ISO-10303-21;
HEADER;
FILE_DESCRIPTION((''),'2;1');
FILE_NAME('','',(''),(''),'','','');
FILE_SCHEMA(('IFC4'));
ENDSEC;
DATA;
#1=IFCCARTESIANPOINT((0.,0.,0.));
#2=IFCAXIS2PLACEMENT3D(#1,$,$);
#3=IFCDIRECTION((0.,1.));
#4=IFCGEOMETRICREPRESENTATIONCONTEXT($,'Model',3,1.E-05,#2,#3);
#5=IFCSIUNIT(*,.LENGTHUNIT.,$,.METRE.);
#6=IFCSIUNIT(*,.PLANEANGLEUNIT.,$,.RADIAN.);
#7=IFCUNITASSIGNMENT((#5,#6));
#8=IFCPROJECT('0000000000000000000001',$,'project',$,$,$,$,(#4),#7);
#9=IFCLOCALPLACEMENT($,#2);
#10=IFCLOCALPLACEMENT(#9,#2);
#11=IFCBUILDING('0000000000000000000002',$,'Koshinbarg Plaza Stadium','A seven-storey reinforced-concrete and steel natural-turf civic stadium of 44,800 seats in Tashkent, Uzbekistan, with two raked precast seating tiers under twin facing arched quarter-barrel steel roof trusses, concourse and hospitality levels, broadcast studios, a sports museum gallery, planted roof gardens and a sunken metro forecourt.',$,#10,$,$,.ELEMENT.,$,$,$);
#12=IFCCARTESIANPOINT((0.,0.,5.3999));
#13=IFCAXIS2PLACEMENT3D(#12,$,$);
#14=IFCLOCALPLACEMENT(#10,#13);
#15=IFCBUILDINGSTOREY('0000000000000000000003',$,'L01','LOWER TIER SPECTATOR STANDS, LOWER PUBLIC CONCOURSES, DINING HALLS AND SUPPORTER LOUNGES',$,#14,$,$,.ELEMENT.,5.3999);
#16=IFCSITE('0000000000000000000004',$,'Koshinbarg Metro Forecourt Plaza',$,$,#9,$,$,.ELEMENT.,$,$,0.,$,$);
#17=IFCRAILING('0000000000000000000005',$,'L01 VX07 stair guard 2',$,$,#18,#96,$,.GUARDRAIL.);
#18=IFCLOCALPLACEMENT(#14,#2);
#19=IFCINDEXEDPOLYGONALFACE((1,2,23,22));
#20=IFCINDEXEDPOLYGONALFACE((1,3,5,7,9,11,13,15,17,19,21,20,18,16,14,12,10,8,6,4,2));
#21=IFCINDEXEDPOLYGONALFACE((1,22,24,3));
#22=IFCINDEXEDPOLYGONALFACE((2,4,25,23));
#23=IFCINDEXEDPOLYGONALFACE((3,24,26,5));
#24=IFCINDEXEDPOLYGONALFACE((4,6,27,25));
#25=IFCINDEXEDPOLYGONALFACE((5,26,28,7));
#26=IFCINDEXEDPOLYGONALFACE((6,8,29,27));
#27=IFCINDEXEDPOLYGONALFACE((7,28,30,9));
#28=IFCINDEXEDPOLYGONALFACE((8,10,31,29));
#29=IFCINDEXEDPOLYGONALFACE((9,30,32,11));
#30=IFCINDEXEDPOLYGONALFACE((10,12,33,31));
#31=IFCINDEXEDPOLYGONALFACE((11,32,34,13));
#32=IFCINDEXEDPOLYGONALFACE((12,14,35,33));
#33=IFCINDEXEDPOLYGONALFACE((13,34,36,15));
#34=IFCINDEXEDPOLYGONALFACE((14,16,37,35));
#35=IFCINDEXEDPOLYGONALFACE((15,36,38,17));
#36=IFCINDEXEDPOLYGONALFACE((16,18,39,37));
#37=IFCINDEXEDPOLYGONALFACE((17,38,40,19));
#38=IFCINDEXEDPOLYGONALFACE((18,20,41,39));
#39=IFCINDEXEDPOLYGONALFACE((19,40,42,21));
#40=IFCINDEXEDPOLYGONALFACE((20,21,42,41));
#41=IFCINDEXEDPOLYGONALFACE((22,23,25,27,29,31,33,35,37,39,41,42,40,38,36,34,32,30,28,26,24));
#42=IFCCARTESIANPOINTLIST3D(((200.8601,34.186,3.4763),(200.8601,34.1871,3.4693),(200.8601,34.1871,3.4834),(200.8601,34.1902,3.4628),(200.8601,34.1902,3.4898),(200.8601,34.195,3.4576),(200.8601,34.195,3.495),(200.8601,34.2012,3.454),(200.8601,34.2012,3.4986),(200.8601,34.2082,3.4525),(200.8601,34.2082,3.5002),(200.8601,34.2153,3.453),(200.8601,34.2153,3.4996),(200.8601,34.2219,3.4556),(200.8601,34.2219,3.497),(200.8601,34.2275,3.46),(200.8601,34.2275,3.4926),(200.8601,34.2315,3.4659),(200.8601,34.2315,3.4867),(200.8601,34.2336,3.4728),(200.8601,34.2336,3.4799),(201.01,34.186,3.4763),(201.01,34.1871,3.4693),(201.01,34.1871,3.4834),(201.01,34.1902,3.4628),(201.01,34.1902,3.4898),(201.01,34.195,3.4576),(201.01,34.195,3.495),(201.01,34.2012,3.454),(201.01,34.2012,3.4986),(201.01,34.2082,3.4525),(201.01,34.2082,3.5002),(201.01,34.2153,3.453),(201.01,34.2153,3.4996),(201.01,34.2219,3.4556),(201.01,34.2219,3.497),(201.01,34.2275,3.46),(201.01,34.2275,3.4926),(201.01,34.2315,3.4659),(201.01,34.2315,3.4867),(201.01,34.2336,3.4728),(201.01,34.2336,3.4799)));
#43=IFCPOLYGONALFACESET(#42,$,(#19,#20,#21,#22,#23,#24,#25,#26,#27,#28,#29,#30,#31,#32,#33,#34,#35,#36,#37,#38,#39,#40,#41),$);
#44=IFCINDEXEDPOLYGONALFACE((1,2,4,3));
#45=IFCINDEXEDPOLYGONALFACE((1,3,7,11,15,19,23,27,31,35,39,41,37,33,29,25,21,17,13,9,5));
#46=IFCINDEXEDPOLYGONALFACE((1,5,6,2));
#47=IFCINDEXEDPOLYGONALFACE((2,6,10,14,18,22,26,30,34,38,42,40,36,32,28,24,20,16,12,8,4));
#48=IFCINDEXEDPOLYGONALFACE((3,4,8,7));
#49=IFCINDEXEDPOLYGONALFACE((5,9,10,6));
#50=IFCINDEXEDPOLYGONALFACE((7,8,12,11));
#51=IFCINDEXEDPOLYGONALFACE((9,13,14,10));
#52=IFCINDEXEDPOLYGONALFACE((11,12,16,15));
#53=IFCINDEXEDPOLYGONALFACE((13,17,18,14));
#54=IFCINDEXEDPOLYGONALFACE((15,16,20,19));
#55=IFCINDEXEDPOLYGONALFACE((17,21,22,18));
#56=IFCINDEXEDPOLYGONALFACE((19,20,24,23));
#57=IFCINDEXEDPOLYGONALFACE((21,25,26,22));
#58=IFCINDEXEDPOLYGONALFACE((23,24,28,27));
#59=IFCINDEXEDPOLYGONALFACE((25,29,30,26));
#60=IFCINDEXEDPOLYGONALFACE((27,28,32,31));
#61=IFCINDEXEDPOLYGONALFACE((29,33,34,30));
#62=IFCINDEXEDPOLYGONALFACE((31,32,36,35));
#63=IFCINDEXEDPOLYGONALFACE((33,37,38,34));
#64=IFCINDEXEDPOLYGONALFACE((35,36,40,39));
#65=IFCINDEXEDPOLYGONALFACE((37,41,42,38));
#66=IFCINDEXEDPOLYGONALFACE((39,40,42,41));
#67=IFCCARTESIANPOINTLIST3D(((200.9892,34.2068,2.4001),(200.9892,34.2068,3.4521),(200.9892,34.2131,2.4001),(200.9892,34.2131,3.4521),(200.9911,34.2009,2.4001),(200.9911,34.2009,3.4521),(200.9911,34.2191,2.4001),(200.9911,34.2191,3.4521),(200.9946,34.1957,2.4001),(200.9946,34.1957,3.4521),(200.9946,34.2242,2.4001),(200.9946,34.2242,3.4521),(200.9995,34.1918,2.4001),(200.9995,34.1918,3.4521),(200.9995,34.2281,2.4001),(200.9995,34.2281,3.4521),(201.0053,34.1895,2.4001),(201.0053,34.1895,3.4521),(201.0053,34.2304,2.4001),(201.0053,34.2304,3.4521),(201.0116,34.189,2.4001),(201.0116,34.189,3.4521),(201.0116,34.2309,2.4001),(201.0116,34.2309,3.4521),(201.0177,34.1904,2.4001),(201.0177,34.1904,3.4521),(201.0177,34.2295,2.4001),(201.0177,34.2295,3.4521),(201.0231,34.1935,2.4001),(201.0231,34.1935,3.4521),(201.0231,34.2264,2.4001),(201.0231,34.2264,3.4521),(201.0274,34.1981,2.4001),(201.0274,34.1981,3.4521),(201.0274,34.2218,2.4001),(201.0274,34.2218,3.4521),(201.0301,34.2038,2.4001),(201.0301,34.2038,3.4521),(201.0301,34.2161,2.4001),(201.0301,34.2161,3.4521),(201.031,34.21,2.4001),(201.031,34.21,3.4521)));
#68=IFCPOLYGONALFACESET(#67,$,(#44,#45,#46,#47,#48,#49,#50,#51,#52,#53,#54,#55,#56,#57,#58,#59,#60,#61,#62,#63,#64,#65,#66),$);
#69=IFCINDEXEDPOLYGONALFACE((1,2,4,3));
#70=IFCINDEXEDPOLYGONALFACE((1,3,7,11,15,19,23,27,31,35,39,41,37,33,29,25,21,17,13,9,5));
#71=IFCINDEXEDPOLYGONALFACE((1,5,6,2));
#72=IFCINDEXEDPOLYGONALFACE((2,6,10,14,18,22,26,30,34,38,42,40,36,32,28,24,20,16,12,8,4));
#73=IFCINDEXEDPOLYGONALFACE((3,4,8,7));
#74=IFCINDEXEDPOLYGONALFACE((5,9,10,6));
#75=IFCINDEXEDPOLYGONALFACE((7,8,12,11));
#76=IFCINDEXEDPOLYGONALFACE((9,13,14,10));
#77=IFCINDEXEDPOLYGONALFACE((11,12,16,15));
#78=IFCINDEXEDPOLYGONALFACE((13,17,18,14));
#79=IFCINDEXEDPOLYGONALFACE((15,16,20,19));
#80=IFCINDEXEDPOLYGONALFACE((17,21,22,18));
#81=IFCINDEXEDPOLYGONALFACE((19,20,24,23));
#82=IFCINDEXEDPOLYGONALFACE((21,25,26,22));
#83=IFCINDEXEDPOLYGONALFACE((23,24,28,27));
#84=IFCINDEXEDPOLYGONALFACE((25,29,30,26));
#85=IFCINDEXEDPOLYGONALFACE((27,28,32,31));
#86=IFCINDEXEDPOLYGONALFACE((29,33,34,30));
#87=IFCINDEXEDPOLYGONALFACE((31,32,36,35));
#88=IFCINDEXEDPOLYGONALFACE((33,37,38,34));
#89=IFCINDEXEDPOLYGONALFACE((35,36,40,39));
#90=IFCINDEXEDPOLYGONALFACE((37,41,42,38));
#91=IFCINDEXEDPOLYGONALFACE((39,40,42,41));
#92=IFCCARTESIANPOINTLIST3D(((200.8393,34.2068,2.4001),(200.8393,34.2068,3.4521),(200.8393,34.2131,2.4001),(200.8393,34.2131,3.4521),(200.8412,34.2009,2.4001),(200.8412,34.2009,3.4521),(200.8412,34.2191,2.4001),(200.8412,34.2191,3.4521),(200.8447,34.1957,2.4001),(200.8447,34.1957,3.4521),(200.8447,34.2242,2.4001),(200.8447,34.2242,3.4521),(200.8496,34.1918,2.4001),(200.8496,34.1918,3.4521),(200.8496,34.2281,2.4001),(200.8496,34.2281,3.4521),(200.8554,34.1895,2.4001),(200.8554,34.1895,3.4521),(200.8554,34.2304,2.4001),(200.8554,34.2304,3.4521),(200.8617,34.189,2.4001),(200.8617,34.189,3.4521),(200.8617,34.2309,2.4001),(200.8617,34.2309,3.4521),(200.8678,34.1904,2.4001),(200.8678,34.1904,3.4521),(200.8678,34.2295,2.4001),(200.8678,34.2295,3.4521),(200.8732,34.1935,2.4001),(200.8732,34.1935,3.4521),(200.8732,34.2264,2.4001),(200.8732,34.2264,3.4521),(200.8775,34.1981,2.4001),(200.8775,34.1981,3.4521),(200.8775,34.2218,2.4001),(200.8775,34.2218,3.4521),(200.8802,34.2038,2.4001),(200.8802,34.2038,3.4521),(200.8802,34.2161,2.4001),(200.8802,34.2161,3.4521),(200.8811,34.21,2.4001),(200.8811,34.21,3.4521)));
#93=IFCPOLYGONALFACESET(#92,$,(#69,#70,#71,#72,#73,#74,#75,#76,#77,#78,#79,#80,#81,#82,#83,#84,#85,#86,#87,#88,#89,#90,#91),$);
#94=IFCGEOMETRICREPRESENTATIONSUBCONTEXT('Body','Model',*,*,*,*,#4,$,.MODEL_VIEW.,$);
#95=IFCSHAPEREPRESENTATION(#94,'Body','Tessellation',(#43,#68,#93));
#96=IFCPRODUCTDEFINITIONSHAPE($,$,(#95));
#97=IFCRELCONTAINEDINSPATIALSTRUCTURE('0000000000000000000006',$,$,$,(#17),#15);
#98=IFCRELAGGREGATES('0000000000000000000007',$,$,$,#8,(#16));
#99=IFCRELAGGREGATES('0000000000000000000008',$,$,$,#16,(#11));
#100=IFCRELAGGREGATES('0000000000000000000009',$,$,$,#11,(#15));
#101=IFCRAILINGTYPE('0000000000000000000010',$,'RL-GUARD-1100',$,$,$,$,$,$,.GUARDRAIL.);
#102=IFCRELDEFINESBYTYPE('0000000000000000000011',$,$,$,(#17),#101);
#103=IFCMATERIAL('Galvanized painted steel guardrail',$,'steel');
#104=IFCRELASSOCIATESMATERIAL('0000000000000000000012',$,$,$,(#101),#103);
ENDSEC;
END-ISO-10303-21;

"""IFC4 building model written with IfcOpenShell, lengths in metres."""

from ifc_helpers import new_model, si_unit, direction, frame, origin, origin_2d, place, context, subcontext, project, spatial, circle, extrude, material, type_object, element, save


model = new_model("IFC4")

# Units and contexts
model_context = context("Model", 3, precision=1e-05, world=origin(), true_north=direction((0.0, 1.0)))
body_context = subcontext(model_context, "Body", "Model", "MODEL_VIEW")
ifc_project = project(units=[si_unit("LENGTHUNIT", "METRE"), si_unit("PLANEANGLEUNIT", "RADIAN")], contexts=[model_context])

# Site, building, storey
site_placement = place(None, origin())
site = spatial("IfcSite", under=ifc_project, at=site_placement, Name="Koshinbarg Metro Forecourt Plaza", CompositionType="ELEMENT", RefElevation=0.0)
building_placement = place(site_placement, origin())
building = spatial("IfcBuilding", under=site, at=building_placement, Name="Koshinbarg Plaza Stadium", Description="A seven-storey reinforced-concrete and steel natural-turf civic stadium of 44,800 seats in Tashkent, Uzbekistan, with two raked precast seating tiers under twin facing arched quarter-barrel steel roof trusses, concourse and hospitality levels, broadcast studios, a sports museum gallery, planted roof gardens and a sunken metro forecourt.", CompositionType="ELEMENT")
storey_placement = place(building_placement, frame((0.0, 0.0, 5.3999)))
storey = spatial("IfcBuildingStorey", under=building, at=storey_placement, Name="L01", Description="LOWER TIER SPECTATOR STANDS, LOWER PUBLIC CONCOURSES, DINING HALLS AND SUPPORTER LOUNGES", CompositionType="ELEMENT", Elevation=5.3999)

# Railing
ifc_material_1 = material(Name="Galvanized painted steel guardrail", Category="steel")
railing_type_1 = type_object("IfcRailingType", Name="RL-GUARD-1100", PredefinedType="GUARDRAIL", material=ifc_material_1)
railing_1_placement = place(storey_placement, frame((201.01, 34.21, 2.4001)))
element("IfcRailing", 1, at=railing_1_placement, inside=storey, type_object=railing_type_1, Name="L01 VX07 stair guard 2", PredefinedType="GUARDRAIL", context=body_context, shape_type="SweptSolid", body=[
    extrude(circle(Radius=0.0239, at=origin_2d()), frame((0.0, 0.0, 1.0762), z_axis=(-1.0, 0.0, 0.0), x_axis=(0.0, -1.0, 0.0)), (0.0, 0.0, 1.0), 0.1499),
    extrude(circle(Radius=0.021, at=origin_2d()), origin(), (0.0, 0.0, 1.0), 1.052),
    extrude(circle(Radius=0.021, at=origin_2d()), frame((-0.1499, 0.0, 0.0)), (0.0, 0.0, 1.0), 1.052),
])

save(model, "model.ifc")
